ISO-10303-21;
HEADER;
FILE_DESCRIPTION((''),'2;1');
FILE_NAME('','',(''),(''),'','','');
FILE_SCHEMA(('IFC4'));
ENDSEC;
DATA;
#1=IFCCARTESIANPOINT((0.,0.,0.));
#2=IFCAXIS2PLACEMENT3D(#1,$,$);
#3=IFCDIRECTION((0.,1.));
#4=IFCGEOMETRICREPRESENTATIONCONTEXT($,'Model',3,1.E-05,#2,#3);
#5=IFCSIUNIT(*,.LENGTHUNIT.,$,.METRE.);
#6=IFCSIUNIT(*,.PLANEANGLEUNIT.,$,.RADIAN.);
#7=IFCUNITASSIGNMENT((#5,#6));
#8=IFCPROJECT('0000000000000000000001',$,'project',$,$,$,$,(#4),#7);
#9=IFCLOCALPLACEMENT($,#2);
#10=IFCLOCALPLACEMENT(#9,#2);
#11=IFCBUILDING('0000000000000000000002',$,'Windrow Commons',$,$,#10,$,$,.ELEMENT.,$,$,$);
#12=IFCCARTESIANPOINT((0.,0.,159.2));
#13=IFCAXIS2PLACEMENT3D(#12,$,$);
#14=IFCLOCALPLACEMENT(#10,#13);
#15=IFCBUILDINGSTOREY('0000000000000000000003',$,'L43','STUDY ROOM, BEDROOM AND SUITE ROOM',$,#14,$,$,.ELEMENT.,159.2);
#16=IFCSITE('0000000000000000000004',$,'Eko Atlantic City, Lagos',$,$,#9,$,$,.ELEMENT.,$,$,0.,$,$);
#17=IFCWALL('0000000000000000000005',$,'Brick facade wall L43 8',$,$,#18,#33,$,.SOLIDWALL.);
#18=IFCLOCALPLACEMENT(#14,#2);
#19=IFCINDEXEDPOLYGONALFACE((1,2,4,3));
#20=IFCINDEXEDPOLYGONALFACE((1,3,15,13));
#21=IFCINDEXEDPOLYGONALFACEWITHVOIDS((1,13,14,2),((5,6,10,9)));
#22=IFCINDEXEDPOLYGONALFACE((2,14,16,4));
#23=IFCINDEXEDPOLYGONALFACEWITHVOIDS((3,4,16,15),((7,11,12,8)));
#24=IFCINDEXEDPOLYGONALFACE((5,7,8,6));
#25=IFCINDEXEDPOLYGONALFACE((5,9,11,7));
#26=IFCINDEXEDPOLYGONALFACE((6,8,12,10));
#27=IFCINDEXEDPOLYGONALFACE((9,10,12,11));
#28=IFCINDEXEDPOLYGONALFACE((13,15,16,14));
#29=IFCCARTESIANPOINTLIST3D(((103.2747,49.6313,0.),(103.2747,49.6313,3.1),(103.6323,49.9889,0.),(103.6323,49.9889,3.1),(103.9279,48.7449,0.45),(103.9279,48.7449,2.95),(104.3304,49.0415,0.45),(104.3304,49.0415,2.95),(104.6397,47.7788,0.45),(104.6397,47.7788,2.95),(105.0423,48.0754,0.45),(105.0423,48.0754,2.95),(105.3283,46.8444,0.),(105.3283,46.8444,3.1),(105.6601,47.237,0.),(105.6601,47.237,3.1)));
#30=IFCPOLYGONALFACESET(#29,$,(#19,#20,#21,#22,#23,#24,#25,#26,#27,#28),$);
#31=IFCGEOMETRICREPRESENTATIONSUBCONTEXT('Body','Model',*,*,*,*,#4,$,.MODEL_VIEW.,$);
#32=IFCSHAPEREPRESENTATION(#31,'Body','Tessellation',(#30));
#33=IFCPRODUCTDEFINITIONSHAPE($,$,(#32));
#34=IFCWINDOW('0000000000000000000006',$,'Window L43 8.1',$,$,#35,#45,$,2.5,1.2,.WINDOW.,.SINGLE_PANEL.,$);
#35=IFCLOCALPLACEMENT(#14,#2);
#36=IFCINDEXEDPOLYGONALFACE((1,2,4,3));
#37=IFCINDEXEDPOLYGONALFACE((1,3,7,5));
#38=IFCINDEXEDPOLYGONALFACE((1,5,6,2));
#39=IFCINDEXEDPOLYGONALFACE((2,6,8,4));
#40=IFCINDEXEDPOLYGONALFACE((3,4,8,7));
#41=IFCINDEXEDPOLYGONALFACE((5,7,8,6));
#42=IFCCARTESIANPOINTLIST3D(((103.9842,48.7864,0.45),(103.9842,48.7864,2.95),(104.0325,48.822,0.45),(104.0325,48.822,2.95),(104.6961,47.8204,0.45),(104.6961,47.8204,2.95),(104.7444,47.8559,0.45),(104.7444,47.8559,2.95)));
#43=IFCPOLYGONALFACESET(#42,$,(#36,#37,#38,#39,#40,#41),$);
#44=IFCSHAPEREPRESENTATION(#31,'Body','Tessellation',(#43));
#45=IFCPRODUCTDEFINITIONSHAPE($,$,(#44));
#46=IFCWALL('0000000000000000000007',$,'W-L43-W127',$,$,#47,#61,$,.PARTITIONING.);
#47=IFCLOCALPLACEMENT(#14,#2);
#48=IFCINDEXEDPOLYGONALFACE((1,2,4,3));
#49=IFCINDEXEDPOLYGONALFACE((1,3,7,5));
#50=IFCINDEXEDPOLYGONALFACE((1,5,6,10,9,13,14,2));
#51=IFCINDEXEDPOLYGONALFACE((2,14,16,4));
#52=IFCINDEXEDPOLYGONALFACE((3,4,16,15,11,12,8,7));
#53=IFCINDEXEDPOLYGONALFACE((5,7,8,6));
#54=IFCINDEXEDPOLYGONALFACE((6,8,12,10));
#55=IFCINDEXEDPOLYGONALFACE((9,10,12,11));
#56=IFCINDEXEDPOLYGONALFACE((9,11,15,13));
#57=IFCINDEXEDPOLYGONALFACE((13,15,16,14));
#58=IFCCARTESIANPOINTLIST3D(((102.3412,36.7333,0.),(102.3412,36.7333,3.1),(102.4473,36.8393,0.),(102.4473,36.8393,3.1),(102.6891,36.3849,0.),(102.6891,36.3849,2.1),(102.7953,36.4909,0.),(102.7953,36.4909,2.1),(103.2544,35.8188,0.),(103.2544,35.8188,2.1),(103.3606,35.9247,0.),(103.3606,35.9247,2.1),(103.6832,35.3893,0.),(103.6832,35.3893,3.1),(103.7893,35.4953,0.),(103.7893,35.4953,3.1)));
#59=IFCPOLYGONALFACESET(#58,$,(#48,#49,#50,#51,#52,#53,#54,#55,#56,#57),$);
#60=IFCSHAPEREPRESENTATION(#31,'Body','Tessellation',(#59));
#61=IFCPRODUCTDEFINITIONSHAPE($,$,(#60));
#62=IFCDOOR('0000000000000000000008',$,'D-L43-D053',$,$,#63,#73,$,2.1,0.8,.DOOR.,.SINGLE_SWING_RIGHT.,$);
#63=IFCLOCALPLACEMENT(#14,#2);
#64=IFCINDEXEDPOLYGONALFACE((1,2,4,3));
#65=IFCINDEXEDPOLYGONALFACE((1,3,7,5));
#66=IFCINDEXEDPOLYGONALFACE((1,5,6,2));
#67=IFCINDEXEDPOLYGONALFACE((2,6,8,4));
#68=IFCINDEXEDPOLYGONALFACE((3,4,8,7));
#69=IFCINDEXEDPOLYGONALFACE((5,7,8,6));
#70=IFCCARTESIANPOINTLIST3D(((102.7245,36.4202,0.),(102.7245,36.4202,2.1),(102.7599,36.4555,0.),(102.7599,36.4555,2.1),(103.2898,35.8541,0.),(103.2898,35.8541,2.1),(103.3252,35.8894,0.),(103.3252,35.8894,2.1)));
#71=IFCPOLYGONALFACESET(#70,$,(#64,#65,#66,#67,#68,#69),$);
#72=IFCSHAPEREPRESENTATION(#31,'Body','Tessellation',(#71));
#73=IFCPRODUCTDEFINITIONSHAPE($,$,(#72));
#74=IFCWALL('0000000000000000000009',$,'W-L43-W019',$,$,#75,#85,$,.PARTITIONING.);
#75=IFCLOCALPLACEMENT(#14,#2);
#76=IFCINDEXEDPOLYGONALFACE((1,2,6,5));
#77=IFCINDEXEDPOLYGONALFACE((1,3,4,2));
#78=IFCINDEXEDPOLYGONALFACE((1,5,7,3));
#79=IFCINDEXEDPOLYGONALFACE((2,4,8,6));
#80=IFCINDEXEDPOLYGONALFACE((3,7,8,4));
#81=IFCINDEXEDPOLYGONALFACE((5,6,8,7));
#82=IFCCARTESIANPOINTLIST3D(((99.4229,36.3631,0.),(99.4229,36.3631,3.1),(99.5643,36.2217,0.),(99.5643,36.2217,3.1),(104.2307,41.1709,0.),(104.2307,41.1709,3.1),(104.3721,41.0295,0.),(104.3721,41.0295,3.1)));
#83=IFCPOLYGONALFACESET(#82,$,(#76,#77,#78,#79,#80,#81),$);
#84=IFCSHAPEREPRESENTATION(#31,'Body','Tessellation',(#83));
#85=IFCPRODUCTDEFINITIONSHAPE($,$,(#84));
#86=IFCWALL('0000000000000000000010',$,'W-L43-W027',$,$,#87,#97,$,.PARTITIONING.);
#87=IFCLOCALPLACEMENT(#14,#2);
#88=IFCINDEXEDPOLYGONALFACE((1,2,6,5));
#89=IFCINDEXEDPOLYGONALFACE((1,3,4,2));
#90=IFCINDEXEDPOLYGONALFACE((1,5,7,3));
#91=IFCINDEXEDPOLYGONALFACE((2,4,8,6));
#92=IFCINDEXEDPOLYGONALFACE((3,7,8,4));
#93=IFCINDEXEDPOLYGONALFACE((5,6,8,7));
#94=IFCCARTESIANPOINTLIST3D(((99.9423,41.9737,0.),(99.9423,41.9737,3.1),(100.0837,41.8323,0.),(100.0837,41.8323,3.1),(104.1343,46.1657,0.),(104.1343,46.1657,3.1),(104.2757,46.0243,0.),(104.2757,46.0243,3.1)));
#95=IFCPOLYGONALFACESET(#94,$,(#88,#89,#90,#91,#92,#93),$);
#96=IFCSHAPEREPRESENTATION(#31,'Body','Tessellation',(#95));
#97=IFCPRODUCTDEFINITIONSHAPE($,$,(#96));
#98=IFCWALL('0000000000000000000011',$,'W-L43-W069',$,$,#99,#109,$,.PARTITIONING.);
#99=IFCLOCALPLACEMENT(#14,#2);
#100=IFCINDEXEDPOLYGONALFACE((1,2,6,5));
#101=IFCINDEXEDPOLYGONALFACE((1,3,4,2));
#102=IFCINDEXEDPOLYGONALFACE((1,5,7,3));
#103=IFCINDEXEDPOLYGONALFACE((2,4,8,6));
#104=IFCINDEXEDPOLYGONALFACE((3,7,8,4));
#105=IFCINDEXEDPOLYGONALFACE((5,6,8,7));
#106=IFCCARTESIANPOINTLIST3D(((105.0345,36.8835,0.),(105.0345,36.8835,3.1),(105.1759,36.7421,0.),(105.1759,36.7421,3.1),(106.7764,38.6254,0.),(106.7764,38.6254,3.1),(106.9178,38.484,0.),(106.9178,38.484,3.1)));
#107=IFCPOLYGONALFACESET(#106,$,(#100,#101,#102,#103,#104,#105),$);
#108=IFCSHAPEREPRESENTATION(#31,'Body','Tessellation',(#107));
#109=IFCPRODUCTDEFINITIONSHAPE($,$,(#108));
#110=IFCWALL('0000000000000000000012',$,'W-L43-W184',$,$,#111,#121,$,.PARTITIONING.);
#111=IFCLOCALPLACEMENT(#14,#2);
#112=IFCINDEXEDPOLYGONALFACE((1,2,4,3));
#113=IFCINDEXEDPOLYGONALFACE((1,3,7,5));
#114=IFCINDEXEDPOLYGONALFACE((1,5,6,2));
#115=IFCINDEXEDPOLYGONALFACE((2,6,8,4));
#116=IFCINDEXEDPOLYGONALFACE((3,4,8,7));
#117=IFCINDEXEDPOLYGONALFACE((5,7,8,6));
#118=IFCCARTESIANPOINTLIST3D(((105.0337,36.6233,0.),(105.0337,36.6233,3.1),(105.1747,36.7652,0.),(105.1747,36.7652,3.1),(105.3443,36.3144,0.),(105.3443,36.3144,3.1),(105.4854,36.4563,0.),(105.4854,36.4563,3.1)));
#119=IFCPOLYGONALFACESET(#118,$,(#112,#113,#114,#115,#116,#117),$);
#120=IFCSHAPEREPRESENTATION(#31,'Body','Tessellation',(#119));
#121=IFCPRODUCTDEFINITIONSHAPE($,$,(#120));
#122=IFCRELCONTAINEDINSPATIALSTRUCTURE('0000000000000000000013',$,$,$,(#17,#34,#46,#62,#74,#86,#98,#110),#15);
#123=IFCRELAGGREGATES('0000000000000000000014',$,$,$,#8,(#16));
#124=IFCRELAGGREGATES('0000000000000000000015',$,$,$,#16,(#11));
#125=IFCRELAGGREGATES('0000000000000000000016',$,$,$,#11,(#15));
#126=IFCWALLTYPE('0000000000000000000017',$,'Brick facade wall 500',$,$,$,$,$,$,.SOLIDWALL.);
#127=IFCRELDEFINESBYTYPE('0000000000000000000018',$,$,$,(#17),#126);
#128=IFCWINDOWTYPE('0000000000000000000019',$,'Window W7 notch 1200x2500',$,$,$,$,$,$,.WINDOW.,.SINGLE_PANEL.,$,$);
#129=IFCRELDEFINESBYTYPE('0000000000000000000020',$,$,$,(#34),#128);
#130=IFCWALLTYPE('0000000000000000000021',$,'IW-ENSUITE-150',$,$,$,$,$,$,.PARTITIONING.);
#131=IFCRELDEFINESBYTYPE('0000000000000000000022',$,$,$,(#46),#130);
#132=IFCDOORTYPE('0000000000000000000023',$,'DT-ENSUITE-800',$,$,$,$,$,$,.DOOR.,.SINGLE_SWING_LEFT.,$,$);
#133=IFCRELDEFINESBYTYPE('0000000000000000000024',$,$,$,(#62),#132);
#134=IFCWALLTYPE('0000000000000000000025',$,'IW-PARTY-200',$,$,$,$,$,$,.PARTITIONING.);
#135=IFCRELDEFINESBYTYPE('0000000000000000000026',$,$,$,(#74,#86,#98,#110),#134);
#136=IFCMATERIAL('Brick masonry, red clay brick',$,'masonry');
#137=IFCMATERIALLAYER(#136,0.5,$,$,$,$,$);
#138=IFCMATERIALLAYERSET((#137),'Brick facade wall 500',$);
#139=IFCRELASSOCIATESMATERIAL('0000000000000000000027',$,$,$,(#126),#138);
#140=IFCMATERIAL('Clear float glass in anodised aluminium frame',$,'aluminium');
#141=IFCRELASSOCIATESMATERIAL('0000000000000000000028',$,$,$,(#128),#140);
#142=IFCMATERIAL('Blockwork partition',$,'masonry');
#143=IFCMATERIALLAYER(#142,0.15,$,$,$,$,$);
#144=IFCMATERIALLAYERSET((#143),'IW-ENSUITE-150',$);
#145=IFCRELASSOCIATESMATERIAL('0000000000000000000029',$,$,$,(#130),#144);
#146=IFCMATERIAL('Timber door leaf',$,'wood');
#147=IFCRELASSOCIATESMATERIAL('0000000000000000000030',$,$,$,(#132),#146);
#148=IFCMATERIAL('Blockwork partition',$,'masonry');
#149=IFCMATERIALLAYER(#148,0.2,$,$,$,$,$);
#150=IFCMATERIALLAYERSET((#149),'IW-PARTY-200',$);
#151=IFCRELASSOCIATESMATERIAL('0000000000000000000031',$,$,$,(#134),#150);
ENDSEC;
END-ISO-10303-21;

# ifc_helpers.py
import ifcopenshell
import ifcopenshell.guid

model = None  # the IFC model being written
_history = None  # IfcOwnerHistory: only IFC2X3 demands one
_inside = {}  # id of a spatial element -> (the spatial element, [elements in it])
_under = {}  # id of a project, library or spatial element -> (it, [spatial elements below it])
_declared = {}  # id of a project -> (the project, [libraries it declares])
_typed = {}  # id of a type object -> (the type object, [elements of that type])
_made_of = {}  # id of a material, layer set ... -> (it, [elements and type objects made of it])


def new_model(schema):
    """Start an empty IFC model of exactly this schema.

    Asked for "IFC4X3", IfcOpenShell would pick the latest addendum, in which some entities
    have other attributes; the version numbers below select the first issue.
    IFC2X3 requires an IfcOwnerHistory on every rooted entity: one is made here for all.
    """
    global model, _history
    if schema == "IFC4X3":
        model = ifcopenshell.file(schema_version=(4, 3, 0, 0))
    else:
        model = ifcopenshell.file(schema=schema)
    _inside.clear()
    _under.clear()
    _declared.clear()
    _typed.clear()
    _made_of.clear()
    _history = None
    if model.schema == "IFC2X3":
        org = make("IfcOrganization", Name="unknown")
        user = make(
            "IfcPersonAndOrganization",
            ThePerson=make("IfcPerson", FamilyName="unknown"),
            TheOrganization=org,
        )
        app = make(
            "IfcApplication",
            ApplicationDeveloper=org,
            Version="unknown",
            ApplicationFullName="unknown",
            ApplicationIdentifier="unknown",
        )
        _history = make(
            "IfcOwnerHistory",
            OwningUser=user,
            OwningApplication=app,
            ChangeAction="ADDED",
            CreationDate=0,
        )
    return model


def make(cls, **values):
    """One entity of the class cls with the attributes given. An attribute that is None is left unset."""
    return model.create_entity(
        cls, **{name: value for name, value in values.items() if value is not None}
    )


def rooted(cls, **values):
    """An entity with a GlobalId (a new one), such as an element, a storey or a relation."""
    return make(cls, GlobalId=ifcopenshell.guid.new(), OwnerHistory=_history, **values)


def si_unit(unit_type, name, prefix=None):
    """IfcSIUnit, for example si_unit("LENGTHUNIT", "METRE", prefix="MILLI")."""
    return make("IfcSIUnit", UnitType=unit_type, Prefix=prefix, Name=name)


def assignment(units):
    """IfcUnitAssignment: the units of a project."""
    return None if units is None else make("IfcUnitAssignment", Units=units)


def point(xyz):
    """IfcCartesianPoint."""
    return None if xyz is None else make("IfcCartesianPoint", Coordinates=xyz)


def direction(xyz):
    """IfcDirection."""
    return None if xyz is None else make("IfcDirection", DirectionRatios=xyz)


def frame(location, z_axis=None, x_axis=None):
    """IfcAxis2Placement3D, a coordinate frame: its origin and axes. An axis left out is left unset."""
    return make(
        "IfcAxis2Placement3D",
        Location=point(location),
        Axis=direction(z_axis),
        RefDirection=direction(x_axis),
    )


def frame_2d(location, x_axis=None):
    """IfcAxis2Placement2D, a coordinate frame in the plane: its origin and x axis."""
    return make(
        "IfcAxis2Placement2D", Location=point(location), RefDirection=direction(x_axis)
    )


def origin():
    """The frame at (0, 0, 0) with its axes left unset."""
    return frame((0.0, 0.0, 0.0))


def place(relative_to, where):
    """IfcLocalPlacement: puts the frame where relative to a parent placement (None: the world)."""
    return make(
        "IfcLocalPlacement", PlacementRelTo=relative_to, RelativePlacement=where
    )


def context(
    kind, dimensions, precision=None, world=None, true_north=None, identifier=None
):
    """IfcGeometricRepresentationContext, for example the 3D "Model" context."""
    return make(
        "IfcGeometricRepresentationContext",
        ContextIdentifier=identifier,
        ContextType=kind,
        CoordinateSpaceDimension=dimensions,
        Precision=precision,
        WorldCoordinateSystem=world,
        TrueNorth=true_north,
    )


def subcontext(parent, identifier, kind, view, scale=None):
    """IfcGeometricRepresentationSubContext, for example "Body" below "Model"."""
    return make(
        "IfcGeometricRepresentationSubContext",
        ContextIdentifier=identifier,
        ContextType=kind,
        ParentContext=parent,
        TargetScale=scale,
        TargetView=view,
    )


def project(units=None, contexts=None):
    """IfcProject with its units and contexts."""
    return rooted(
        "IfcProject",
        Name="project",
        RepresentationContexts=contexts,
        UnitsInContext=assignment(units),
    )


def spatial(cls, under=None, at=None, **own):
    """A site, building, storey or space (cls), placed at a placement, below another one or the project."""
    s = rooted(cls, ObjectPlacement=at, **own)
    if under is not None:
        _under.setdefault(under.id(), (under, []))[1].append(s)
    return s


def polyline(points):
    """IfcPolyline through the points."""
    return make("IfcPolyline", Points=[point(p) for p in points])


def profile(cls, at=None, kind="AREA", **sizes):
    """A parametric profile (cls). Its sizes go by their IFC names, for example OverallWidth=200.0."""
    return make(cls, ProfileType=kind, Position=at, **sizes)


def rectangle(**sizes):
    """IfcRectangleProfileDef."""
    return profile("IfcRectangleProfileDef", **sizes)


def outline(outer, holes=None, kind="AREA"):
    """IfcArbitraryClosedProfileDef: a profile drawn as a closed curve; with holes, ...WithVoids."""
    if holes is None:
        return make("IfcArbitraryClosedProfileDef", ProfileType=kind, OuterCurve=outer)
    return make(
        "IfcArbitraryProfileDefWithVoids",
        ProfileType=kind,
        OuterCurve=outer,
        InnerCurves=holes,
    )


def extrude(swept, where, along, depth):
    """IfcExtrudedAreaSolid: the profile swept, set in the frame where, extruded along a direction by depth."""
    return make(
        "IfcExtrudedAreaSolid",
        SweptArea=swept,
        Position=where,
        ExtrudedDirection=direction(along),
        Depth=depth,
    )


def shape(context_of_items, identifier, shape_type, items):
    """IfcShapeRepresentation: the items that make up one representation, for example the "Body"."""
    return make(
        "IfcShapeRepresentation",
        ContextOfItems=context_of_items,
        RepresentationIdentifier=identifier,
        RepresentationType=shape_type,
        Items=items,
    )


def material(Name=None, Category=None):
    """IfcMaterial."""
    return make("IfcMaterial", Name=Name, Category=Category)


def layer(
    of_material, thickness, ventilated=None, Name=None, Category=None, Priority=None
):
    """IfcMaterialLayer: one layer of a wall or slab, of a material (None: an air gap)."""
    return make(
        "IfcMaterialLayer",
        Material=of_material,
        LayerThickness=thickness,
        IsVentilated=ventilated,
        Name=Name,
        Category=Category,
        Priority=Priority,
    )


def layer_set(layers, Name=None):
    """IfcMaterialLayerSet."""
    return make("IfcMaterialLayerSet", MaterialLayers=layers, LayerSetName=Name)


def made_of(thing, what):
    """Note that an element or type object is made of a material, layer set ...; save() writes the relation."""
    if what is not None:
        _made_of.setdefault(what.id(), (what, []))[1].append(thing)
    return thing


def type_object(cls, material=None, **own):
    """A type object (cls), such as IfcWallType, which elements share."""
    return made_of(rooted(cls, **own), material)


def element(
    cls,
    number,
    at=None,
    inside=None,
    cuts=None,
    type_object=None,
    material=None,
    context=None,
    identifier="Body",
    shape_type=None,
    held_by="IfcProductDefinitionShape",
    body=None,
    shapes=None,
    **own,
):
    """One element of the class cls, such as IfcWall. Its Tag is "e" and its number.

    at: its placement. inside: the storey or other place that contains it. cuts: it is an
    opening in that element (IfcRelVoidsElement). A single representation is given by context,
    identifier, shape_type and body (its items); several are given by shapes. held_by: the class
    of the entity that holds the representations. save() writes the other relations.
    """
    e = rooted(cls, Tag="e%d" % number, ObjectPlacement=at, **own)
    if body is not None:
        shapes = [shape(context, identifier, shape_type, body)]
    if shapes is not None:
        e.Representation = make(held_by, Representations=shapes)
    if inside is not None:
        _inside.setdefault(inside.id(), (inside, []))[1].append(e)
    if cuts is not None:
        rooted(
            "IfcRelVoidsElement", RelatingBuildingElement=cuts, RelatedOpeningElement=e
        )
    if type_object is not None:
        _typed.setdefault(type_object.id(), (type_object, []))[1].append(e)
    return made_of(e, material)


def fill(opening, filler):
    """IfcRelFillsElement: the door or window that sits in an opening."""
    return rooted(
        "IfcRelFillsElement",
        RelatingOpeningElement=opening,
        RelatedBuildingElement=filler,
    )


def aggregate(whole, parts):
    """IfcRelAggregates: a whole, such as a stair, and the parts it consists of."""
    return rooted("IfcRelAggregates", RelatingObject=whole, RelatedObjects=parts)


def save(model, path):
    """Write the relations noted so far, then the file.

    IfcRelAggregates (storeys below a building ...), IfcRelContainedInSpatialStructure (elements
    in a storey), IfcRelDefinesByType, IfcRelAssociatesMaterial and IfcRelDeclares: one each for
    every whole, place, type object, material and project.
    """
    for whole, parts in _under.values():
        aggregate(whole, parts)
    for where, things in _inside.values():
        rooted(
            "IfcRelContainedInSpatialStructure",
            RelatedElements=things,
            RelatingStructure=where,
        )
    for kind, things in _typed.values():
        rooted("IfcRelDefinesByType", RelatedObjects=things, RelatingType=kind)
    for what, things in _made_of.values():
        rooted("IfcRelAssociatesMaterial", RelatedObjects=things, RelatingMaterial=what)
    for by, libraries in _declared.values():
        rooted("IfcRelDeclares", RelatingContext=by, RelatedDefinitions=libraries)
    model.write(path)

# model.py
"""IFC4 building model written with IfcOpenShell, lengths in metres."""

from ifc_helpers import new_model, si_unit, direction, frame, frame_2d, origin, place, context, subcontext, project, spatial, polyline, rectangle, outline, extrude, material, layer, layer_set, type_object, element, fill, save


model = new_model("IFC4")

# Units and contexts
model_context = context("Model", 3, precision=1e-05, world=origin(), true_north=direction((0.0, 1.0)))
body_context = subcontext(model_context, "Body", "Model", "MODEL_VIEW")
ifc_project = project(units=[si_unit("LENGTHUNIT", "METRE"), si_unit("PLANEANGLEUNIT", "RADIAN")], contexts=[model_context])

# Site, building, storey
site_placement = place(None, origin())
site = spatial("IfcSite", under=ifc_project, at=site_placement, Name="Eko Atlantic City, Lagos", CompositionType="ELEMENT", RefElevation=0.0)
building_placement = place(site_placement, origin())
building = spatial("IfcBuilding", under=site, at=building_placement, Name="Windrow Commons", CompositionType="ELEMENT")
storey_placement = place(building_placement, frame((0.0, 0.0, 159.2)))
storey = spatial("IfcBuildingStorey", under=building, at=storey_placement, Name="L43", Description="STUDY ROOM, BEDROOM AND SUITE ROOM", CompositionType="ELEMENT", Elevation=159.2)

# Shared definitions
ifc_material_1 = material(Name="Brick masonry, red clay brick", Category="masonry")
ifc_layer_1 = layer(ifc_material_1, 0.5)
ifc_layer_set_1 = layer_set([ifc_layer_1], Name="Brick facade wall 500")
wall_type_1 = type_object("IfcWallType", Name="Brick facade wall 500", PredefinedType="SOLIDWALL", material=ifc_layer_set_1)

# Wall, opening, window
ifc_material_2 = material(Name="Clear float glass in anodised aluminium frame", Category="aluminium")
window_type_1 = type_object("IfcWindowType", Name="Window W7 notch 1200x2500", PartitioningType="SINGLE_PANEL", PredefinedType="WINDOW", material=ifc_material_2)
wall_1_placement = place(storey_placement, frame((105.4942, 47.0407, 0.0), z_axis=(0.0, 0.0, 1.0), x_axis=(-0.593216, 0.805043, 0.0)))
wall_1 = element("IfcWall", 1, at=wall_1_placement, inside=storey, type_object=wall_type_1, Name="Brick facade wall L43 8", PredefinedType="SOLIDWALL", context=body_context, shape_type="SweptSolid", body=[
    extrude(outline(polyline([(0.0596, -0.25), (3.478, -0.25), (3.4022, 0.25), (-0.0596, 0.25), (0.0596, -0.25)])), origin(), (0.0, 0.0, 1.0), 3.1),
])
opening_1_placement = place(wall_1_placement, frame((1.1011, 0.0, 0.45)))
opening_1 = element("IfcOpeningElement", 2, at=opening_1_placement, cuts=wall_1, PredefinedType="OPENING", context=body_context, shape_type="SweptSolid", body=[
    extrude(rectangle(XDim=1.2, YDim=2.5, at=frame_2d((0.6, 1.25))), frame((0.0, 0.26, 0.0), z_axis=(0.0, -1.0, 0.0), x_axis=(1.0, 0.0, 0.0)), (0.0, 0.0, 1.0), 0.52),
])
window_1_placement = place(opening_1_placement, origin())
window_1 = element("IfcWindow", 3, at=window_1_placement, inside=storey, type_object=window_type_1, Name="Window L43 8.1", OverallHeight=2.5, OverallWidth=1.2, PartitioningType="SINGLE_PANEL", PredefinedType="WINDOW", context=body_context, shape_type="SweptSolid", body=[
    extrude(rectangle(XDim=1.2, YDim=2.5, at=frame_2d((0.6, 1.25))), frame((0.0, 0.18, 0.0), z_axis=(0.0, -1.0, 0.0), x_axis=(1.0, 0.0, 0.0)), (0.0, 0.0, 1.0), 0.06),
])
fill(opening_1, window_1)

# Wall, opening, door
ifc_material_3 = material(Name="Blockwork partition", Category="masonry")
ifc_layer_2 = layer(ifc_material_3, 0.15)
ifc_layer_set_2 = layer_set([ifc_layer_2], Name="IW-ENSUITE-150")
wall_type_2 = type_object("IfcWallType", Name="IW-ENSUITE-150", PredefinedType="PARTITIONING", material=ifc_layer_set_2)
wall_2_placement = place(storey_placement, frame((102.3943, 36.7863, 0.0), z_axis=(0.0, 0.0, 1.0), x_axis=(0.70658, -0.707633, 0.0)))
wall_2 = element("IfcWall", 4, at=wall_2_placement, inside=storey, type_object=wall_type_2, Name="W-L43-W127", PredefinedType="PARTITIONING", context=body_context, shape_type="SweptSolid", body=[
    extrude(rectangle(XDim=1.8993, YDim=0.15, at=frame_2d((0.9496, 0.0))), origin(), (0.0, 0.0, 1.0), 3.1),
])
opening_2_placement = place(wall_2_placement, frame((0.4924, 0.0, 0.0)))
opening_2 = element("IfcOpeningElement", 5, at=opening_2_placement, cuts=wall_2, PredefinedType="OPENING", context=body_context, shape_type="SweptSolid", body=[
    extrude(rectangle(XDim=0.8, YDim=2.1, at=frame_2d((0.4, 1.05))), frame((0.0, 0.085, 0.0), z_axis=(0.0, -1.0, 0.0), x_axis=(1.0, 0.0, 0.0)), (0.0, 0.0, 1.0), 0.17),
])
ifc_material_4 = material(Name="Timber door leaf", Category="wood")
door_type = type_object("IfcDoorType", Name="DT-ENSUITE-800", OperationType="SINGLE_SWING_LEFT", PredefinedType="DOOR", material=ifc_material_4)
door_placement = place(opening_2_placement, origin())
door = element("IfcDoor", 6, at=door_placement, inside=storey, type_object=door_type, Name="D-L43-D053", OperationType="SINGLE_SWING_RIGHT", OverallHeight=2.1, OverallWidth=0.8, PredefinedType="DOOR", context=body_context, shape_type="SweptSolid", body=[
    extrude(rectangle(XDim=0.8, YDim=2.1, at=frame_2d((0.4, 1.05))), frame((0.0, 0.025, 0.0), z_axis=(0.0, -1.0, 0.0), x_axis=(1.0, 0.0, 0.0)), (0.0, 0.0, 1.0), 0.05),
])
fill(opening_2, door)

# Walls
ifc_material_5 = material(Name="Blockwork partition", Category="masonry")
ifc_layer_3 = layer(ifc_material_5, 0.2)
ifc_layer_set_3 = layer_set([ifc_layer_3], Name="IW-PARTY-200")
wall_type_3 = type_object("IfcWallType", Name="IW-PARTY-200", PredefinedType="PARTITIONING", material=ifc_layer_set_3)
wall_3_placement = place(storey_placement, frame((99.4936, 36.2924, 0.0), z_axis=(0.0, 0.0, 1.0), x_axis=(0.707107, 0.707107, 0.0)))
element("IfcWall", 7, at=wall_3_placement, inside=storey, type_object=wall_type_3, Name="W-L43-W019", PredefinedType="PARTITIONING", context=body_context, shape_type="SweptSolid", body=[
    extrude(rectangle(XDim=6.7993, YDim=0.2, at=frame_2d((3.3996, 0.0))), origin(), (0.0, 0.0, 1.0), 3.1),
])
wall_4_placement = place(storey_placement, frame((100.013, 41.903, 0.0), z_axis=(0.0, 0.0, 1.0), x_axis=(0.707107, 0.707107, 0.0)))
element("IfcWall", 8, at=wall_4_placement, inside=storey, type_object=wall_type_3, Name="W-L43-W027", PredefinedType="PARTITIONING", context=body_context, shape_type="SweptSolid", body=[
    extrude(rectangle(XDim=5.9284, YDim=0.2, at=frame_2d((2.9642, 0.0))), origin(), (0.0, 0.0, 1.0), 3.1),
])
wall_5_placement = place(storey_placement, frame((105.1052, 36.8128, 0.0), z_axis=(0.0, 0.0, 1.0), x_axis=(0.707107, 0.707107, 0.0)))
element("IfcWall", 9, at=wall_5_placement, inside=storey, type_object=wall_type_3, Name="W-L43-W069", PredefinedType="PARTITIONING", context=body_context, shape_type="SweptSolid", body=[
    extrude(rectangle(XDim=2.4634, YDim=0.2, at=frame_2d((1.2317, 0.0))), origin(), (0.0, 0.0, 1.0), 3.1),
])
wall_6_placement = place(storey_placement, frame((105.1042, 36.6942, 0.0), z_axis=(0.0, 0.0, 1.0), x_axis=(0.709158, -0.70505, 0.0)))
element("IfcWall", 10, at=wall_6_placement, inside=storey, type_object=wall_type_3, Name="W-L43-W184", PredefinedType="PARTITIONING", context=body_context, shape_type="SweptSolid", body=[
    extrude(rectangle(XDim=0.4381, YDim=0.2, at=frame_2d((0.219, 0.0))), origin(), (0.0, 0.0, 1.0), 3.1),
])

save(model, "model.ifc")
